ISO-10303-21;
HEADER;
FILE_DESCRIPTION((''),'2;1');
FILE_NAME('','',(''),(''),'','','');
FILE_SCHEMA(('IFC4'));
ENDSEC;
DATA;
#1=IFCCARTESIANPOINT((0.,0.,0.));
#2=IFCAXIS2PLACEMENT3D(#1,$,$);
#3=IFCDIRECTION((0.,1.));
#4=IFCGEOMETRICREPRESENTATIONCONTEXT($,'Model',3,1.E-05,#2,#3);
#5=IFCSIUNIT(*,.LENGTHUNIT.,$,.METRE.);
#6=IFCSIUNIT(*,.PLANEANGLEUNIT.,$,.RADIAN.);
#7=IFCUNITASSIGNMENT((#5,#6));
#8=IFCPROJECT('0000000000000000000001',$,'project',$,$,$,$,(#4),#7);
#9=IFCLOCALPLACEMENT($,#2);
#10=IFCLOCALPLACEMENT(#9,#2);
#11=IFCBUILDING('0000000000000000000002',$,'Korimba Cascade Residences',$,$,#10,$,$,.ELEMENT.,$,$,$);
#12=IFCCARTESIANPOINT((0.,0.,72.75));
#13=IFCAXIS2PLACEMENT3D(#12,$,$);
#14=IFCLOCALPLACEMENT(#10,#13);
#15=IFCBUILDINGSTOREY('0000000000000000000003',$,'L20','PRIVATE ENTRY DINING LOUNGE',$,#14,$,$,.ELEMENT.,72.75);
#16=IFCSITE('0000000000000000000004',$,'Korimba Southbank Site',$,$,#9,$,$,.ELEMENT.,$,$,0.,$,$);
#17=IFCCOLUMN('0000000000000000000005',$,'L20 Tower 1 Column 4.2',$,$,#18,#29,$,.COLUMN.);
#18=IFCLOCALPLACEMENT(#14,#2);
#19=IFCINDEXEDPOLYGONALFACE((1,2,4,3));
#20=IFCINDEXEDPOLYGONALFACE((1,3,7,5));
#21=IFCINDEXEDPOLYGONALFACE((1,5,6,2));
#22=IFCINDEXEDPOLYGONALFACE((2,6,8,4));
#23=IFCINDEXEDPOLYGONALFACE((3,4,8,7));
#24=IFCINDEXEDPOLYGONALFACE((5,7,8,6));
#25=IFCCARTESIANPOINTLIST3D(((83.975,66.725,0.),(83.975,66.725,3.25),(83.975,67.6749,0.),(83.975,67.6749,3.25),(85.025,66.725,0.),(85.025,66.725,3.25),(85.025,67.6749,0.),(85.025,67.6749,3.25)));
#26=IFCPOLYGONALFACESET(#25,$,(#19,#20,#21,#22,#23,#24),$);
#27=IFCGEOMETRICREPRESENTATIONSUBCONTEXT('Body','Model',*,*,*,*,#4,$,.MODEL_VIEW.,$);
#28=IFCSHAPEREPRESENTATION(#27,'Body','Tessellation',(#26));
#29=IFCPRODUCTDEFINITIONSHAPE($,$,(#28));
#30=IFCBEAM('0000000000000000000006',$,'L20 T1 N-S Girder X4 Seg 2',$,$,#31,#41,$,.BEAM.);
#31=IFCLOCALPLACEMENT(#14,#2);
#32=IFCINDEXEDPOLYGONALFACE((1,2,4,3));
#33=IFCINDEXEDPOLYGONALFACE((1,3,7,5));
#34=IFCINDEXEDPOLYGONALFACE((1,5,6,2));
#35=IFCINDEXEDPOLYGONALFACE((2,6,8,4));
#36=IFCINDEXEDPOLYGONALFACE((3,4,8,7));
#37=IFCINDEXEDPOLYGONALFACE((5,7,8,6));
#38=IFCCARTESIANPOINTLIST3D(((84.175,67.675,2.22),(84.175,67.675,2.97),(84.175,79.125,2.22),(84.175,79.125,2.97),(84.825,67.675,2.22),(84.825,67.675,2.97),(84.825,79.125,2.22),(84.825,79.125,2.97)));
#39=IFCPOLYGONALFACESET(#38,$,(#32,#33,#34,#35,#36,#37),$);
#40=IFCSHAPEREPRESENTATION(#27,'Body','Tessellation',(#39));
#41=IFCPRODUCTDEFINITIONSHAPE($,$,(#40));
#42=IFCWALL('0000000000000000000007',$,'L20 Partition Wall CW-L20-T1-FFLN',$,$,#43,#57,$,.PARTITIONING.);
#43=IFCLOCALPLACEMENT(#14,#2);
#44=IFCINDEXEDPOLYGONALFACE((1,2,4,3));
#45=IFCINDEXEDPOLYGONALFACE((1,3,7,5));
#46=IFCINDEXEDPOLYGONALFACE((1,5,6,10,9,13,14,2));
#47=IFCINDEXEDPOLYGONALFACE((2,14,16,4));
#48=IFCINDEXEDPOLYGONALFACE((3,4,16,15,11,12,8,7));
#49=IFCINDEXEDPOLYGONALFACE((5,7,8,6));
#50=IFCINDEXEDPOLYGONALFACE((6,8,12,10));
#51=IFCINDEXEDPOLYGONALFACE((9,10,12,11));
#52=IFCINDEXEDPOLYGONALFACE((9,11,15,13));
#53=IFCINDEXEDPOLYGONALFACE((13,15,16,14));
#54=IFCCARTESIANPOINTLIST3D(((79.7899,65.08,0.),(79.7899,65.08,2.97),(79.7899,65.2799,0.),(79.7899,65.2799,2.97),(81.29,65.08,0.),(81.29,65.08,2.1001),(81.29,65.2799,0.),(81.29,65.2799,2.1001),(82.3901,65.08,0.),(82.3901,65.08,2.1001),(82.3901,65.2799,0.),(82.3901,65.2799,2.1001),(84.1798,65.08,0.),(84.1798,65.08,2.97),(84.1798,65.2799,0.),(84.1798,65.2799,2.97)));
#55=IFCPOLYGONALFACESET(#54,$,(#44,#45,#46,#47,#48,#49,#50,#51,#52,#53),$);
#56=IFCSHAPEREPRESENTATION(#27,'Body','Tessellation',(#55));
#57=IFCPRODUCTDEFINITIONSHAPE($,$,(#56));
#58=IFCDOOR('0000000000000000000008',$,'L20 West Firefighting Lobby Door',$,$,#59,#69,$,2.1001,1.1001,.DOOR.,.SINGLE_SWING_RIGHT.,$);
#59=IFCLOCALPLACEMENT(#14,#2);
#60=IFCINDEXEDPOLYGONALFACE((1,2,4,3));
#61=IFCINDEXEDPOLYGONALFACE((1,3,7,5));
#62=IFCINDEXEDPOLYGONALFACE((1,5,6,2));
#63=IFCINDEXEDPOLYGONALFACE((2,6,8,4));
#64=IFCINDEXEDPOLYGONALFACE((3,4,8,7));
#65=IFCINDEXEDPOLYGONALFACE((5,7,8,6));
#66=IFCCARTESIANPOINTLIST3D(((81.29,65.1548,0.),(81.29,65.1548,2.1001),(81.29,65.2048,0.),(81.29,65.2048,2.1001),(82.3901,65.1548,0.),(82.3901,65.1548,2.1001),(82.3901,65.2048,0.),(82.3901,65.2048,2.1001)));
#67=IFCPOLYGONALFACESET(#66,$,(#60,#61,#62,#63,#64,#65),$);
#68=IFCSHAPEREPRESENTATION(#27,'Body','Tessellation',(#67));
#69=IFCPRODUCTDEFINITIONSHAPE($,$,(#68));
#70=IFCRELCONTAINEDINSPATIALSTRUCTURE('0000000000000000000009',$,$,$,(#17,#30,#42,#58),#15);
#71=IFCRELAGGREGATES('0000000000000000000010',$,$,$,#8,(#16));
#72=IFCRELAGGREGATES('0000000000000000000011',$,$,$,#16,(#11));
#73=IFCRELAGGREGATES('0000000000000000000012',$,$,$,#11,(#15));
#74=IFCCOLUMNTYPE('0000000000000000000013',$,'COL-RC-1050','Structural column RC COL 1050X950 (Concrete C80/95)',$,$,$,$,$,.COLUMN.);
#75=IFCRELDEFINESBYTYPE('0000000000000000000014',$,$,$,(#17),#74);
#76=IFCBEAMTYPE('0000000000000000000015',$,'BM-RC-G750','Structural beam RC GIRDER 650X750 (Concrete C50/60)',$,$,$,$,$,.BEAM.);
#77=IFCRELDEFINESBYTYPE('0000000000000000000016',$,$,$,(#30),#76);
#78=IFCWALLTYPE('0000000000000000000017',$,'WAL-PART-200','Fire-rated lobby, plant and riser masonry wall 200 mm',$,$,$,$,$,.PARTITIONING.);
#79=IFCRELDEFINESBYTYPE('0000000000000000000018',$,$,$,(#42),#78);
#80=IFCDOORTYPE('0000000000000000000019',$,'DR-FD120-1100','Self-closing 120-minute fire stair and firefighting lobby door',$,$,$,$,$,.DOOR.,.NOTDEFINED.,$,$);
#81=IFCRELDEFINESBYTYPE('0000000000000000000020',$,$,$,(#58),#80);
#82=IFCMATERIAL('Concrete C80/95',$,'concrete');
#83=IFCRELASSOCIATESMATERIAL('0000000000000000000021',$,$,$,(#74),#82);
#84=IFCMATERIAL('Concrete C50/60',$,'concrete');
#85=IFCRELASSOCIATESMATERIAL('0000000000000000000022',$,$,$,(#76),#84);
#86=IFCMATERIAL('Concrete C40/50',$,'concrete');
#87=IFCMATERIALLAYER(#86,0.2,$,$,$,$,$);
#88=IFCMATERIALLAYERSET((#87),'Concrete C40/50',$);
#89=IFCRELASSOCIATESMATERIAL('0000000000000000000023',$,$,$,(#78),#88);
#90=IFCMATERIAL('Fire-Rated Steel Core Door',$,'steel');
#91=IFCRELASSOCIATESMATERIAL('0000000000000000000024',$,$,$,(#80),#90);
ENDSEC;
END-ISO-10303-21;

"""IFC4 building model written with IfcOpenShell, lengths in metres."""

from ifc_helpers import new_model, si_unit, direction, frame, frame_2d, origin, origin_2d, place, context, subcontext, project, spatial, rectangle, extrude, material, layer, layer_set, material_profile, profile_set, type_object, element, fill, save


model = new_model("IFC4")

# Units and contexts
model_context = context("Model", 3, precision=1e-05, world=origin(), true_north=direction((0.0, 1.0)))
body_context = subcontext(model_context, "Body", "Model", "MODEL_VIEW")
ifc_project = project(units=[si_unit("LENGTHUNIT", "METRE"), si_unit("PLANEANGLEUNIT", "RADIAN")], contexts=[model_context])

# Site, building, storey
site_placement = place(None, origin())
site = spatial("IfcSite", under=ifc_project, at=site_placement, Name="Korimba Southbank Site", CompositionType="ELEMENT", RefElevation=0.0)
building_placement = place(site_placement, origin())
building = spatial("IfcBuilding", under=site, at=building_placement, Name="Korimba Cascade Residences", CompositionType="ELEMENT")
storey_placement = place(building_placement, frame((0.0, 0.0, 72.75)))
storey = spatial("IfcBuildingStorey", under=building, at=storey_placement, Name="L20", Description="PRIVATE ENTRY DINING LOUNGE", CompositionType="ELEMENT", Elevation=72.75)

# Column
ifc_material_1 = material(Name="Concrete C80/95", Category="concrete")
ifc_material_profile_1 = material_profile(ifc_material_1, rectangle(XDim=1.05, YDim=0.95, at=origin_2d()), Name="Concrete C80/95")
ifc_profile_set_1 = profile_set([ifc_material_profile_1], Name="Concrete C80/95")
column_type = type_object("IfcColumnType", Name="COL-RC-1050", Description="Structural column RC COL 1050X950 (Concrete C80/95)", PredefinedType="COLUMN", material=ifc_profile_set_1)
column_placement = place(storey_placement, frame((84.5, 67.2, 0.0), z_axis=(0.0, 0.0, 1.0), x_axis=(1.0, 0.0, 0.0)))
element("IfcColumn", 1, at=column_placement, inside=storey, type_object=column_type, Name="L20 Tower 1 Column 4.2", PredefinedType="COLUMN", context=body_context, shape_type="SweptSolid", body=[
    extrude(rectangle(XDim=1.05, YDim=0.95, at=origin_2d()), origin(), (0.0, 0.0, 1.0), 3.25),
])

# Beam
ifc_material_2 = material(Name="Concrete C50/60", Category="concrete")
ifc_material_profile_2 = material_profile(ifc_material_2, rectangle(XDim=0.6499, YDim=0.75, at=origin_2d()), Name="Concrete C50/60")
ifc_profile_set_2 = profile_set([ifc_material_profile_2], Name="Concrete C50/60")
beam_type = type_object("IfcBeamType", Name="BM-RC-G750", Description="Structural beam RC GIRDER 650X750 (Concrete C50/60)", PredefinedType="BEAM", material=ifc_profile_set_2)
beam_placement = place(storey_placement, frame((84.5, 67.675, 2.595), z_axis=(0.0, 1.0, 0.0), x_axis=(-1.0, 0.0, 0.0)))
element("IfcBeam", 2, at=beam_placement, inside=storey, type_object=beam_type, Name="L20 T1 N-S Girder X4 Seg 2", PredefinedType="BEAM", context=body_context, shape_type="SweptSolid", body=[
    extrude(rectangle(XDim=0.6499, YDim=0.75, at=origin_2d()), origin(), (0.0, 0.0, 1.0), 11.45),
])

# Wall, opening, door
ifc_material_3 = material(Name="Concrete C40/50", Category="concrete")
ifc_layer = layer(ifc_material_3, 0.2)
ifc_layer_set = layer_set([ifc_layer], Name="Concrete C40/50")
wall_type = type_object("IfcWallType", Name="WAL-PART-200", Description="Fire-rated lobby, plant and riser masonry wall 200 mm", PredefinedType="PARTITIONING", material=ifc_layer_set)
wall_1_placement = place(storey_placement, frame((79.79, 65.1799, 0.0), z_axis=(0.0, 0.0, 1.0), x_axis=(1.0, 0.0, 0.0)))
wall_1 = element("IfcWall", 3, at=wall_1_placement, inside=storey, type_object=wall_type, Name="L20 Partition Wall CW-L20-T1-FFLN", PredefinedType="PARTITIONING", context=body_context, shape_type="SweptSolid", body=[
    extrude(rectangle(XDim=4.3899, YDim=0.2, at=frame_2d((2.1948, 0.0))), origin(), (0.0, 0.0, 1.0), 2.97),
])
opening_1_placement = place(wall_1_placement, frame((1.5, 0.0, 0.0)))
opening_1 = element("IfcOpeningElement", 4, at=opening_1_placement, cuts=wall_1, PredefinedType="OPENING", context=body_context, shape_type="SweptSolid", body=[
    extrude(rectangle(XDim=1.1001, YDim=2.1001, at=frame_2d((0.55, 1.05))), frame((0.0, 0.1099, 0.0), z_axis=(0.0, -1.0, 0.0), x_axis=(1.0, 0.0, 0.0)), (0.0, 0.0, 1.0), 0.22),
])
ifc_material_4 = material(Name="Fire-Rated Steel Core Door", Category="steel")
door_type_1 = type_object("IfcDoorType", Name="DR-FD120-1100", Description="Self-closing 120-minute fire stair and firefighting lobby door", OperationType="NOTDEFINED", PredefinedType="DOOR", material=ifc_material_4)
door_1_placement = place(opening_1_placement, origin())
door_1 = element("IfcDoor", 5, at=door_1_placement, inside=storey, type_object=door_type_1, Name="L20 West Firefighting Lobby Door", OperationType="SINGLE_SWING_RIGHT", OverallHeight=2.1001, OverallWidth=1.1001, PredefinedType="DOOR", context=body_context, shape_type="SweptSolid", body=[
    extrude(rectangle(XDim=1.1001, YDim=2.1001, at=frame_2d((0.55, 1.05))), frame((0.0, 0.0249, 0.0), z_axis=(0.0, -1.0, 0.0), x_axis=(1.0, 0.0, 0.0)), (0.0, 0.0, 1.0), 0.05),
])
fill(opening_1, door_1)

save(model, "model.ifc")
